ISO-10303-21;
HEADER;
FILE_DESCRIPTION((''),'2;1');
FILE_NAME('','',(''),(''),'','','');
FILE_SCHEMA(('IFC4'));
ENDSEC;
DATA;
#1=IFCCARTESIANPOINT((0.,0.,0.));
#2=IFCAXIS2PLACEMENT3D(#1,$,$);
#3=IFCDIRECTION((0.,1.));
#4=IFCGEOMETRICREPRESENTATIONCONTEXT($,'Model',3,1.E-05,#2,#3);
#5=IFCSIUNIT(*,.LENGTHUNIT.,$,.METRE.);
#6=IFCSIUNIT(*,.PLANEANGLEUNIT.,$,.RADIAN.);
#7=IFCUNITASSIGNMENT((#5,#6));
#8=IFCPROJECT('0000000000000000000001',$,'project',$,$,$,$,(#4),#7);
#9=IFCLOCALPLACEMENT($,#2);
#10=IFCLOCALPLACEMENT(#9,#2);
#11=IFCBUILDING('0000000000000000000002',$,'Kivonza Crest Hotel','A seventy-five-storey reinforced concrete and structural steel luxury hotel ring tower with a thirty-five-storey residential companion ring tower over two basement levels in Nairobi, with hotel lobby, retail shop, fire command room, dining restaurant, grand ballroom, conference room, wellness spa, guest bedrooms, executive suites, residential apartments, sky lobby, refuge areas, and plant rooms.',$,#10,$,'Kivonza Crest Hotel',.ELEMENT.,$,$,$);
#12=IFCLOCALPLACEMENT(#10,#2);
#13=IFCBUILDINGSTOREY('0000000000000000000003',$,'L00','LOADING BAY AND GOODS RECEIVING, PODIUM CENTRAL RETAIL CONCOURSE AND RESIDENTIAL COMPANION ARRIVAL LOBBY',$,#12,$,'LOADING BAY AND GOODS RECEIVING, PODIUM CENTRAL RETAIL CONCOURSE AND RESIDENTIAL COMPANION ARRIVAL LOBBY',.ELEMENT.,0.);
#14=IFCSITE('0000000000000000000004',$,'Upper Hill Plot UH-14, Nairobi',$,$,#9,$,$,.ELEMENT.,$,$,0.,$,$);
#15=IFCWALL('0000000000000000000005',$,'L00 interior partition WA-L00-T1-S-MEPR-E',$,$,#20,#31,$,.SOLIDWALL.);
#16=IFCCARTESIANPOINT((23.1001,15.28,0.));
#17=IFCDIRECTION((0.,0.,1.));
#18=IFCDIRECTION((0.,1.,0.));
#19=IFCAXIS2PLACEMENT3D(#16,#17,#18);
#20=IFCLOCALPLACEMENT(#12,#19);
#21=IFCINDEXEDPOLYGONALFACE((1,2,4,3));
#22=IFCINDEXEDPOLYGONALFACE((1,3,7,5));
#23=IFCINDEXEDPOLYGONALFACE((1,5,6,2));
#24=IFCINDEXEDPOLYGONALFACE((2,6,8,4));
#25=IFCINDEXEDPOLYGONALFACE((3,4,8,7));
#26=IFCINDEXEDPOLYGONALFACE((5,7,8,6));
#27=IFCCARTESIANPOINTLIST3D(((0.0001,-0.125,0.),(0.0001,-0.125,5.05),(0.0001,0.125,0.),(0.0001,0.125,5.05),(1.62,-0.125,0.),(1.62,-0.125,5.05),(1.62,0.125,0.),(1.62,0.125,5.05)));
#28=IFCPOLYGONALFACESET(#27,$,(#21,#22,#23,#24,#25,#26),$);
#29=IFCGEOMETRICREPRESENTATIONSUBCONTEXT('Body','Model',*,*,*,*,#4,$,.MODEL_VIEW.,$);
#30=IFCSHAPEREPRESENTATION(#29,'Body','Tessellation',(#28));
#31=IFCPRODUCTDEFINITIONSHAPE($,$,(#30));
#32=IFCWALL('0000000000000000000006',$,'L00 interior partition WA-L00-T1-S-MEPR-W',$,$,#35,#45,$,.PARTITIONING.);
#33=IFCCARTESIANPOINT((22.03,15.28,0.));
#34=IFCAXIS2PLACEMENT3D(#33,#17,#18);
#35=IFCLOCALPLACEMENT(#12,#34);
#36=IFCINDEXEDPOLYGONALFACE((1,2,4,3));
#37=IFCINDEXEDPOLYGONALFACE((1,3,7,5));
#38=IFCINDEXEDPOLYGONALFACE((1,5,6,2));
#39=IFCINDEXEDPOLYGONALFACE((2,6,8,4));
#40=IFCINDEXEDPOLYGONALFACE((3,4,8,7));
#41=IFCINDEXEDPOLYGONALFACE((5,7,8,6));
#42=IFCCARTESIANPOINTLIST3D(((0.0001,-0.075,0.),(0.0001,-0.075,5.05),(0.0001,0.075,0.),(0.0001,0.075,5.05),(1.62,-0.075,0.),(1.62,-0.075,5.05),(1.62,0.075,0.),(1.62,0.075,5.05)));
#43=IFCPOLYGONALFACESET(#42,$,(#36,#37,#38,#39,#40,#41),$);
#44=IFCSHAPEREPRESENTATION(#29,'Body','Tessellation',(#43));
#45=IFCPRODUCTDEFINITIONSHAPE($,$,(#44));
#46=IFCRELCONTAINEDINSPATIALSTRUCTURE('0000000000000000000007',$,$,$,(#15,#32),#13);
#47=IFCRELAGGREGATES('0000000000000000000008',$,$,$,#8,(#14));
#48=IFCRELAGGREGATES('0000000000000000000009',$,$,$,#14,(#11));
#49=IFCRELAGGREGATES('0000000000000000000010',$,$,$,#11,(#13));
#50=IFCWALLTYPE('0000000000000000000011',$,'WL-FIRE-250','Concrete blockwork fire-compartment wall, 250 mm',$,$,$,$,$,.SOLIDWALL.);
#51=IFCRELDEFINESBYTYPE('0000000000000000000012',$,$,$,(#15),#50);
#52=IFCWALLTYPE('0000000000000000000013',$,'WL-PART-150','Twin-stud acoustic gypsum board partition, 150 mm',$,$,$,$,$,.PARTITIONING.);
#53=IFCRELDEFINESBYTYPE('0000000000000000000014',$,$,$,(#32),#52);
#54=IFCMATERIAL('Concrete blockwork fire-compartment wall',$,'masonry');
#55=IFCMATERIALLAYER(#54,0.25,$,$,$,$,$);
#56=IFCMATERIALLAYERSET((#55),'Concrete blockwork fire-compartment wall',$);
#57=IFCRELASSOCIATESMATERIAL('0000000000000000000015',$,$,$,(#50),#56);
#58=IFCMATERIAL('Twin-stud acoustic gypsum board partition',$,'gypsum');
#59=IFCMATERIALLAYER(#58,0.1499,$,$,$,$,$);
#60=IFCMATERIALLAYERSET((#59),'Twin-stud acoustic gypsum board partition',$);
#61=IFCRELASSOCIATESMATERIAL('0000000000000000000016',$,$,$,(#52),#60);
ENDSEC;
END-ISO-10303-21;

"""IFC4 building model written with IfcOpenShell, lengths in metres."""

from ifc_helpers import new_model, si_unit, direction, frame, frame_2d, origin, place, context, subcontext, project, spatial, rectangle, extrude, material, layer, layer_set, type_object, element, save


model = new_model("IFC4")

# Units and contexts
model_context = context("Model", 3, precision=1e-05, world=origin(), true_north=direction((0.0, 1.0)))
body_context = subcontext(model_context, "Body", "Model", "MODEL_VIEW")
ifc_project = project(units=[si_unit("LENGTHUNIT", "METRE"), si_unit("PLANEANGLEUNIT", "RADIAN")], contexts=[model_context])

# Site, building, storey
site_placement = place(None, origin())
site = spatial("IfcSite", under=ifc_project, at=site_placement, Name="Upper Hill Plot UH-14, Nairobi", CompositionType="ELEMENT", RefElevation=0.0)
building_placement = place(site_placement, origin())
building = spatial("IfcBuilding", under=site, at=building_placement, Name="Kivonza Crest Hotel", Description="A seventy-five-storey reinforced concrete and structural steel luxury hotel ring tower with a thirty-five-storey residential companion ring tower over two basement levels in Nairobi, with hotel lobby, retail shop, fire command room, dining restaurant, grand ballroom, conference room, wellness spa, guest bedrooms, executive suites, residential apartments, sky lobby, refuge areas, and plant rooms.", LongName="Kivonza Crest Hotel", CompositionType="ELEMENT")
storey_placement = place(building_placement, origin())
storey = spatial("IfcBuildingStorey", under=building, at=storey_placement, Name="L00", Description="LOADING BAY AND GOODS RECEIVING, PODIUM CENTRAL RETAIL CONCOURSE AND RESIDENTIAL COMPANION ARRIVAL LOBBY", LongName="LOADING BAY AND GOODS RECEIVING, PODIUM CENTRAL RETAIL CONCOURSE AND RESIDENTIAL COMPANION ARRIVAL LOBBY", CompositionType="ELEMENT", Elevation=0.0)

# Walls
ifc_material_1 = material(Name="Concrete blockwork fire-compartment wall", Category="masonry")
ifc_layer_1 = layer(ifc_material_1, 0.25)
ifc_layer_set_1 = layer_set([ifc_layer_1], Name="Concrete blockwork fire-compartment wall")
wall_type_1 = type_object("IfcWallType", Name="WL-FIRE-250", Description="Concrete blockwork fire-compartment wall, 250 mm", PredefinedType="SOLIDWALL", material=ifc_layer_set_1)
wall_1_placement = place(storey_placement, frame((23.1001, 15.28, 0.0), z_axis=(0.0, 0.0, 1.0), x_axis=(0.0, 1.0, 0.0)))
element("IfcWall", 1, at=wall_1_placement, inside=storey, type_object=wall_type_1, Name="L00 interior partition WA-L00-T1-S-MEPR-E", PredefinedType="SOLIDWALL", context=body_context, shape_type="SweptSolid", body=[
    extrude(rectangle(XDim=1.6199, YDim=0.25, at=frame_2d((0.8101, 0.0))), origin(), (0.0, 0.0, 1.0), 5.05),
])
ifc_material_2 = material(Name="Twin-stud acoustic gypsum board partition", Category="gypsum")
ifc_layer_2 = layer(ifc_material_2, 0.1499)
ifc_layer_set_2 = layer_set([ifc_layer_2], Name="Twin-stud acoustic gypsum board partition")
wall_type_2 = type_object("IfcWallType", Name="WL-PART-150", Description="Twin-stud acoustic gypsum board partition, 150 mm", PredefinedType="PARTITIONING", material=ifc_layer_set_2)
wall_2_placement = place(storey_placement, frame((22.03, 15.28, 0.0), z_axis=(0.0, 0.0, 1.0), x_axis=(0.0, 1.0, 0.0)))
element("IfcWall", 2, at=wall_2_placement, inside=storey, type_object=wall_type_2, Name="L00 interior partition WA-L00-T1-S-MEPR-W", PredefinedType="PARTITIONING", context=body_context, shape_type="SweptSolid", body=[
    extrude(rectangle(XDim=1.6199, YDim=0.1499, at=frame_2d((0.8101, 0.0))), origin(), (0.0, 0.0, 1.0), 5.05),
])

save(model, "model.ifc")
